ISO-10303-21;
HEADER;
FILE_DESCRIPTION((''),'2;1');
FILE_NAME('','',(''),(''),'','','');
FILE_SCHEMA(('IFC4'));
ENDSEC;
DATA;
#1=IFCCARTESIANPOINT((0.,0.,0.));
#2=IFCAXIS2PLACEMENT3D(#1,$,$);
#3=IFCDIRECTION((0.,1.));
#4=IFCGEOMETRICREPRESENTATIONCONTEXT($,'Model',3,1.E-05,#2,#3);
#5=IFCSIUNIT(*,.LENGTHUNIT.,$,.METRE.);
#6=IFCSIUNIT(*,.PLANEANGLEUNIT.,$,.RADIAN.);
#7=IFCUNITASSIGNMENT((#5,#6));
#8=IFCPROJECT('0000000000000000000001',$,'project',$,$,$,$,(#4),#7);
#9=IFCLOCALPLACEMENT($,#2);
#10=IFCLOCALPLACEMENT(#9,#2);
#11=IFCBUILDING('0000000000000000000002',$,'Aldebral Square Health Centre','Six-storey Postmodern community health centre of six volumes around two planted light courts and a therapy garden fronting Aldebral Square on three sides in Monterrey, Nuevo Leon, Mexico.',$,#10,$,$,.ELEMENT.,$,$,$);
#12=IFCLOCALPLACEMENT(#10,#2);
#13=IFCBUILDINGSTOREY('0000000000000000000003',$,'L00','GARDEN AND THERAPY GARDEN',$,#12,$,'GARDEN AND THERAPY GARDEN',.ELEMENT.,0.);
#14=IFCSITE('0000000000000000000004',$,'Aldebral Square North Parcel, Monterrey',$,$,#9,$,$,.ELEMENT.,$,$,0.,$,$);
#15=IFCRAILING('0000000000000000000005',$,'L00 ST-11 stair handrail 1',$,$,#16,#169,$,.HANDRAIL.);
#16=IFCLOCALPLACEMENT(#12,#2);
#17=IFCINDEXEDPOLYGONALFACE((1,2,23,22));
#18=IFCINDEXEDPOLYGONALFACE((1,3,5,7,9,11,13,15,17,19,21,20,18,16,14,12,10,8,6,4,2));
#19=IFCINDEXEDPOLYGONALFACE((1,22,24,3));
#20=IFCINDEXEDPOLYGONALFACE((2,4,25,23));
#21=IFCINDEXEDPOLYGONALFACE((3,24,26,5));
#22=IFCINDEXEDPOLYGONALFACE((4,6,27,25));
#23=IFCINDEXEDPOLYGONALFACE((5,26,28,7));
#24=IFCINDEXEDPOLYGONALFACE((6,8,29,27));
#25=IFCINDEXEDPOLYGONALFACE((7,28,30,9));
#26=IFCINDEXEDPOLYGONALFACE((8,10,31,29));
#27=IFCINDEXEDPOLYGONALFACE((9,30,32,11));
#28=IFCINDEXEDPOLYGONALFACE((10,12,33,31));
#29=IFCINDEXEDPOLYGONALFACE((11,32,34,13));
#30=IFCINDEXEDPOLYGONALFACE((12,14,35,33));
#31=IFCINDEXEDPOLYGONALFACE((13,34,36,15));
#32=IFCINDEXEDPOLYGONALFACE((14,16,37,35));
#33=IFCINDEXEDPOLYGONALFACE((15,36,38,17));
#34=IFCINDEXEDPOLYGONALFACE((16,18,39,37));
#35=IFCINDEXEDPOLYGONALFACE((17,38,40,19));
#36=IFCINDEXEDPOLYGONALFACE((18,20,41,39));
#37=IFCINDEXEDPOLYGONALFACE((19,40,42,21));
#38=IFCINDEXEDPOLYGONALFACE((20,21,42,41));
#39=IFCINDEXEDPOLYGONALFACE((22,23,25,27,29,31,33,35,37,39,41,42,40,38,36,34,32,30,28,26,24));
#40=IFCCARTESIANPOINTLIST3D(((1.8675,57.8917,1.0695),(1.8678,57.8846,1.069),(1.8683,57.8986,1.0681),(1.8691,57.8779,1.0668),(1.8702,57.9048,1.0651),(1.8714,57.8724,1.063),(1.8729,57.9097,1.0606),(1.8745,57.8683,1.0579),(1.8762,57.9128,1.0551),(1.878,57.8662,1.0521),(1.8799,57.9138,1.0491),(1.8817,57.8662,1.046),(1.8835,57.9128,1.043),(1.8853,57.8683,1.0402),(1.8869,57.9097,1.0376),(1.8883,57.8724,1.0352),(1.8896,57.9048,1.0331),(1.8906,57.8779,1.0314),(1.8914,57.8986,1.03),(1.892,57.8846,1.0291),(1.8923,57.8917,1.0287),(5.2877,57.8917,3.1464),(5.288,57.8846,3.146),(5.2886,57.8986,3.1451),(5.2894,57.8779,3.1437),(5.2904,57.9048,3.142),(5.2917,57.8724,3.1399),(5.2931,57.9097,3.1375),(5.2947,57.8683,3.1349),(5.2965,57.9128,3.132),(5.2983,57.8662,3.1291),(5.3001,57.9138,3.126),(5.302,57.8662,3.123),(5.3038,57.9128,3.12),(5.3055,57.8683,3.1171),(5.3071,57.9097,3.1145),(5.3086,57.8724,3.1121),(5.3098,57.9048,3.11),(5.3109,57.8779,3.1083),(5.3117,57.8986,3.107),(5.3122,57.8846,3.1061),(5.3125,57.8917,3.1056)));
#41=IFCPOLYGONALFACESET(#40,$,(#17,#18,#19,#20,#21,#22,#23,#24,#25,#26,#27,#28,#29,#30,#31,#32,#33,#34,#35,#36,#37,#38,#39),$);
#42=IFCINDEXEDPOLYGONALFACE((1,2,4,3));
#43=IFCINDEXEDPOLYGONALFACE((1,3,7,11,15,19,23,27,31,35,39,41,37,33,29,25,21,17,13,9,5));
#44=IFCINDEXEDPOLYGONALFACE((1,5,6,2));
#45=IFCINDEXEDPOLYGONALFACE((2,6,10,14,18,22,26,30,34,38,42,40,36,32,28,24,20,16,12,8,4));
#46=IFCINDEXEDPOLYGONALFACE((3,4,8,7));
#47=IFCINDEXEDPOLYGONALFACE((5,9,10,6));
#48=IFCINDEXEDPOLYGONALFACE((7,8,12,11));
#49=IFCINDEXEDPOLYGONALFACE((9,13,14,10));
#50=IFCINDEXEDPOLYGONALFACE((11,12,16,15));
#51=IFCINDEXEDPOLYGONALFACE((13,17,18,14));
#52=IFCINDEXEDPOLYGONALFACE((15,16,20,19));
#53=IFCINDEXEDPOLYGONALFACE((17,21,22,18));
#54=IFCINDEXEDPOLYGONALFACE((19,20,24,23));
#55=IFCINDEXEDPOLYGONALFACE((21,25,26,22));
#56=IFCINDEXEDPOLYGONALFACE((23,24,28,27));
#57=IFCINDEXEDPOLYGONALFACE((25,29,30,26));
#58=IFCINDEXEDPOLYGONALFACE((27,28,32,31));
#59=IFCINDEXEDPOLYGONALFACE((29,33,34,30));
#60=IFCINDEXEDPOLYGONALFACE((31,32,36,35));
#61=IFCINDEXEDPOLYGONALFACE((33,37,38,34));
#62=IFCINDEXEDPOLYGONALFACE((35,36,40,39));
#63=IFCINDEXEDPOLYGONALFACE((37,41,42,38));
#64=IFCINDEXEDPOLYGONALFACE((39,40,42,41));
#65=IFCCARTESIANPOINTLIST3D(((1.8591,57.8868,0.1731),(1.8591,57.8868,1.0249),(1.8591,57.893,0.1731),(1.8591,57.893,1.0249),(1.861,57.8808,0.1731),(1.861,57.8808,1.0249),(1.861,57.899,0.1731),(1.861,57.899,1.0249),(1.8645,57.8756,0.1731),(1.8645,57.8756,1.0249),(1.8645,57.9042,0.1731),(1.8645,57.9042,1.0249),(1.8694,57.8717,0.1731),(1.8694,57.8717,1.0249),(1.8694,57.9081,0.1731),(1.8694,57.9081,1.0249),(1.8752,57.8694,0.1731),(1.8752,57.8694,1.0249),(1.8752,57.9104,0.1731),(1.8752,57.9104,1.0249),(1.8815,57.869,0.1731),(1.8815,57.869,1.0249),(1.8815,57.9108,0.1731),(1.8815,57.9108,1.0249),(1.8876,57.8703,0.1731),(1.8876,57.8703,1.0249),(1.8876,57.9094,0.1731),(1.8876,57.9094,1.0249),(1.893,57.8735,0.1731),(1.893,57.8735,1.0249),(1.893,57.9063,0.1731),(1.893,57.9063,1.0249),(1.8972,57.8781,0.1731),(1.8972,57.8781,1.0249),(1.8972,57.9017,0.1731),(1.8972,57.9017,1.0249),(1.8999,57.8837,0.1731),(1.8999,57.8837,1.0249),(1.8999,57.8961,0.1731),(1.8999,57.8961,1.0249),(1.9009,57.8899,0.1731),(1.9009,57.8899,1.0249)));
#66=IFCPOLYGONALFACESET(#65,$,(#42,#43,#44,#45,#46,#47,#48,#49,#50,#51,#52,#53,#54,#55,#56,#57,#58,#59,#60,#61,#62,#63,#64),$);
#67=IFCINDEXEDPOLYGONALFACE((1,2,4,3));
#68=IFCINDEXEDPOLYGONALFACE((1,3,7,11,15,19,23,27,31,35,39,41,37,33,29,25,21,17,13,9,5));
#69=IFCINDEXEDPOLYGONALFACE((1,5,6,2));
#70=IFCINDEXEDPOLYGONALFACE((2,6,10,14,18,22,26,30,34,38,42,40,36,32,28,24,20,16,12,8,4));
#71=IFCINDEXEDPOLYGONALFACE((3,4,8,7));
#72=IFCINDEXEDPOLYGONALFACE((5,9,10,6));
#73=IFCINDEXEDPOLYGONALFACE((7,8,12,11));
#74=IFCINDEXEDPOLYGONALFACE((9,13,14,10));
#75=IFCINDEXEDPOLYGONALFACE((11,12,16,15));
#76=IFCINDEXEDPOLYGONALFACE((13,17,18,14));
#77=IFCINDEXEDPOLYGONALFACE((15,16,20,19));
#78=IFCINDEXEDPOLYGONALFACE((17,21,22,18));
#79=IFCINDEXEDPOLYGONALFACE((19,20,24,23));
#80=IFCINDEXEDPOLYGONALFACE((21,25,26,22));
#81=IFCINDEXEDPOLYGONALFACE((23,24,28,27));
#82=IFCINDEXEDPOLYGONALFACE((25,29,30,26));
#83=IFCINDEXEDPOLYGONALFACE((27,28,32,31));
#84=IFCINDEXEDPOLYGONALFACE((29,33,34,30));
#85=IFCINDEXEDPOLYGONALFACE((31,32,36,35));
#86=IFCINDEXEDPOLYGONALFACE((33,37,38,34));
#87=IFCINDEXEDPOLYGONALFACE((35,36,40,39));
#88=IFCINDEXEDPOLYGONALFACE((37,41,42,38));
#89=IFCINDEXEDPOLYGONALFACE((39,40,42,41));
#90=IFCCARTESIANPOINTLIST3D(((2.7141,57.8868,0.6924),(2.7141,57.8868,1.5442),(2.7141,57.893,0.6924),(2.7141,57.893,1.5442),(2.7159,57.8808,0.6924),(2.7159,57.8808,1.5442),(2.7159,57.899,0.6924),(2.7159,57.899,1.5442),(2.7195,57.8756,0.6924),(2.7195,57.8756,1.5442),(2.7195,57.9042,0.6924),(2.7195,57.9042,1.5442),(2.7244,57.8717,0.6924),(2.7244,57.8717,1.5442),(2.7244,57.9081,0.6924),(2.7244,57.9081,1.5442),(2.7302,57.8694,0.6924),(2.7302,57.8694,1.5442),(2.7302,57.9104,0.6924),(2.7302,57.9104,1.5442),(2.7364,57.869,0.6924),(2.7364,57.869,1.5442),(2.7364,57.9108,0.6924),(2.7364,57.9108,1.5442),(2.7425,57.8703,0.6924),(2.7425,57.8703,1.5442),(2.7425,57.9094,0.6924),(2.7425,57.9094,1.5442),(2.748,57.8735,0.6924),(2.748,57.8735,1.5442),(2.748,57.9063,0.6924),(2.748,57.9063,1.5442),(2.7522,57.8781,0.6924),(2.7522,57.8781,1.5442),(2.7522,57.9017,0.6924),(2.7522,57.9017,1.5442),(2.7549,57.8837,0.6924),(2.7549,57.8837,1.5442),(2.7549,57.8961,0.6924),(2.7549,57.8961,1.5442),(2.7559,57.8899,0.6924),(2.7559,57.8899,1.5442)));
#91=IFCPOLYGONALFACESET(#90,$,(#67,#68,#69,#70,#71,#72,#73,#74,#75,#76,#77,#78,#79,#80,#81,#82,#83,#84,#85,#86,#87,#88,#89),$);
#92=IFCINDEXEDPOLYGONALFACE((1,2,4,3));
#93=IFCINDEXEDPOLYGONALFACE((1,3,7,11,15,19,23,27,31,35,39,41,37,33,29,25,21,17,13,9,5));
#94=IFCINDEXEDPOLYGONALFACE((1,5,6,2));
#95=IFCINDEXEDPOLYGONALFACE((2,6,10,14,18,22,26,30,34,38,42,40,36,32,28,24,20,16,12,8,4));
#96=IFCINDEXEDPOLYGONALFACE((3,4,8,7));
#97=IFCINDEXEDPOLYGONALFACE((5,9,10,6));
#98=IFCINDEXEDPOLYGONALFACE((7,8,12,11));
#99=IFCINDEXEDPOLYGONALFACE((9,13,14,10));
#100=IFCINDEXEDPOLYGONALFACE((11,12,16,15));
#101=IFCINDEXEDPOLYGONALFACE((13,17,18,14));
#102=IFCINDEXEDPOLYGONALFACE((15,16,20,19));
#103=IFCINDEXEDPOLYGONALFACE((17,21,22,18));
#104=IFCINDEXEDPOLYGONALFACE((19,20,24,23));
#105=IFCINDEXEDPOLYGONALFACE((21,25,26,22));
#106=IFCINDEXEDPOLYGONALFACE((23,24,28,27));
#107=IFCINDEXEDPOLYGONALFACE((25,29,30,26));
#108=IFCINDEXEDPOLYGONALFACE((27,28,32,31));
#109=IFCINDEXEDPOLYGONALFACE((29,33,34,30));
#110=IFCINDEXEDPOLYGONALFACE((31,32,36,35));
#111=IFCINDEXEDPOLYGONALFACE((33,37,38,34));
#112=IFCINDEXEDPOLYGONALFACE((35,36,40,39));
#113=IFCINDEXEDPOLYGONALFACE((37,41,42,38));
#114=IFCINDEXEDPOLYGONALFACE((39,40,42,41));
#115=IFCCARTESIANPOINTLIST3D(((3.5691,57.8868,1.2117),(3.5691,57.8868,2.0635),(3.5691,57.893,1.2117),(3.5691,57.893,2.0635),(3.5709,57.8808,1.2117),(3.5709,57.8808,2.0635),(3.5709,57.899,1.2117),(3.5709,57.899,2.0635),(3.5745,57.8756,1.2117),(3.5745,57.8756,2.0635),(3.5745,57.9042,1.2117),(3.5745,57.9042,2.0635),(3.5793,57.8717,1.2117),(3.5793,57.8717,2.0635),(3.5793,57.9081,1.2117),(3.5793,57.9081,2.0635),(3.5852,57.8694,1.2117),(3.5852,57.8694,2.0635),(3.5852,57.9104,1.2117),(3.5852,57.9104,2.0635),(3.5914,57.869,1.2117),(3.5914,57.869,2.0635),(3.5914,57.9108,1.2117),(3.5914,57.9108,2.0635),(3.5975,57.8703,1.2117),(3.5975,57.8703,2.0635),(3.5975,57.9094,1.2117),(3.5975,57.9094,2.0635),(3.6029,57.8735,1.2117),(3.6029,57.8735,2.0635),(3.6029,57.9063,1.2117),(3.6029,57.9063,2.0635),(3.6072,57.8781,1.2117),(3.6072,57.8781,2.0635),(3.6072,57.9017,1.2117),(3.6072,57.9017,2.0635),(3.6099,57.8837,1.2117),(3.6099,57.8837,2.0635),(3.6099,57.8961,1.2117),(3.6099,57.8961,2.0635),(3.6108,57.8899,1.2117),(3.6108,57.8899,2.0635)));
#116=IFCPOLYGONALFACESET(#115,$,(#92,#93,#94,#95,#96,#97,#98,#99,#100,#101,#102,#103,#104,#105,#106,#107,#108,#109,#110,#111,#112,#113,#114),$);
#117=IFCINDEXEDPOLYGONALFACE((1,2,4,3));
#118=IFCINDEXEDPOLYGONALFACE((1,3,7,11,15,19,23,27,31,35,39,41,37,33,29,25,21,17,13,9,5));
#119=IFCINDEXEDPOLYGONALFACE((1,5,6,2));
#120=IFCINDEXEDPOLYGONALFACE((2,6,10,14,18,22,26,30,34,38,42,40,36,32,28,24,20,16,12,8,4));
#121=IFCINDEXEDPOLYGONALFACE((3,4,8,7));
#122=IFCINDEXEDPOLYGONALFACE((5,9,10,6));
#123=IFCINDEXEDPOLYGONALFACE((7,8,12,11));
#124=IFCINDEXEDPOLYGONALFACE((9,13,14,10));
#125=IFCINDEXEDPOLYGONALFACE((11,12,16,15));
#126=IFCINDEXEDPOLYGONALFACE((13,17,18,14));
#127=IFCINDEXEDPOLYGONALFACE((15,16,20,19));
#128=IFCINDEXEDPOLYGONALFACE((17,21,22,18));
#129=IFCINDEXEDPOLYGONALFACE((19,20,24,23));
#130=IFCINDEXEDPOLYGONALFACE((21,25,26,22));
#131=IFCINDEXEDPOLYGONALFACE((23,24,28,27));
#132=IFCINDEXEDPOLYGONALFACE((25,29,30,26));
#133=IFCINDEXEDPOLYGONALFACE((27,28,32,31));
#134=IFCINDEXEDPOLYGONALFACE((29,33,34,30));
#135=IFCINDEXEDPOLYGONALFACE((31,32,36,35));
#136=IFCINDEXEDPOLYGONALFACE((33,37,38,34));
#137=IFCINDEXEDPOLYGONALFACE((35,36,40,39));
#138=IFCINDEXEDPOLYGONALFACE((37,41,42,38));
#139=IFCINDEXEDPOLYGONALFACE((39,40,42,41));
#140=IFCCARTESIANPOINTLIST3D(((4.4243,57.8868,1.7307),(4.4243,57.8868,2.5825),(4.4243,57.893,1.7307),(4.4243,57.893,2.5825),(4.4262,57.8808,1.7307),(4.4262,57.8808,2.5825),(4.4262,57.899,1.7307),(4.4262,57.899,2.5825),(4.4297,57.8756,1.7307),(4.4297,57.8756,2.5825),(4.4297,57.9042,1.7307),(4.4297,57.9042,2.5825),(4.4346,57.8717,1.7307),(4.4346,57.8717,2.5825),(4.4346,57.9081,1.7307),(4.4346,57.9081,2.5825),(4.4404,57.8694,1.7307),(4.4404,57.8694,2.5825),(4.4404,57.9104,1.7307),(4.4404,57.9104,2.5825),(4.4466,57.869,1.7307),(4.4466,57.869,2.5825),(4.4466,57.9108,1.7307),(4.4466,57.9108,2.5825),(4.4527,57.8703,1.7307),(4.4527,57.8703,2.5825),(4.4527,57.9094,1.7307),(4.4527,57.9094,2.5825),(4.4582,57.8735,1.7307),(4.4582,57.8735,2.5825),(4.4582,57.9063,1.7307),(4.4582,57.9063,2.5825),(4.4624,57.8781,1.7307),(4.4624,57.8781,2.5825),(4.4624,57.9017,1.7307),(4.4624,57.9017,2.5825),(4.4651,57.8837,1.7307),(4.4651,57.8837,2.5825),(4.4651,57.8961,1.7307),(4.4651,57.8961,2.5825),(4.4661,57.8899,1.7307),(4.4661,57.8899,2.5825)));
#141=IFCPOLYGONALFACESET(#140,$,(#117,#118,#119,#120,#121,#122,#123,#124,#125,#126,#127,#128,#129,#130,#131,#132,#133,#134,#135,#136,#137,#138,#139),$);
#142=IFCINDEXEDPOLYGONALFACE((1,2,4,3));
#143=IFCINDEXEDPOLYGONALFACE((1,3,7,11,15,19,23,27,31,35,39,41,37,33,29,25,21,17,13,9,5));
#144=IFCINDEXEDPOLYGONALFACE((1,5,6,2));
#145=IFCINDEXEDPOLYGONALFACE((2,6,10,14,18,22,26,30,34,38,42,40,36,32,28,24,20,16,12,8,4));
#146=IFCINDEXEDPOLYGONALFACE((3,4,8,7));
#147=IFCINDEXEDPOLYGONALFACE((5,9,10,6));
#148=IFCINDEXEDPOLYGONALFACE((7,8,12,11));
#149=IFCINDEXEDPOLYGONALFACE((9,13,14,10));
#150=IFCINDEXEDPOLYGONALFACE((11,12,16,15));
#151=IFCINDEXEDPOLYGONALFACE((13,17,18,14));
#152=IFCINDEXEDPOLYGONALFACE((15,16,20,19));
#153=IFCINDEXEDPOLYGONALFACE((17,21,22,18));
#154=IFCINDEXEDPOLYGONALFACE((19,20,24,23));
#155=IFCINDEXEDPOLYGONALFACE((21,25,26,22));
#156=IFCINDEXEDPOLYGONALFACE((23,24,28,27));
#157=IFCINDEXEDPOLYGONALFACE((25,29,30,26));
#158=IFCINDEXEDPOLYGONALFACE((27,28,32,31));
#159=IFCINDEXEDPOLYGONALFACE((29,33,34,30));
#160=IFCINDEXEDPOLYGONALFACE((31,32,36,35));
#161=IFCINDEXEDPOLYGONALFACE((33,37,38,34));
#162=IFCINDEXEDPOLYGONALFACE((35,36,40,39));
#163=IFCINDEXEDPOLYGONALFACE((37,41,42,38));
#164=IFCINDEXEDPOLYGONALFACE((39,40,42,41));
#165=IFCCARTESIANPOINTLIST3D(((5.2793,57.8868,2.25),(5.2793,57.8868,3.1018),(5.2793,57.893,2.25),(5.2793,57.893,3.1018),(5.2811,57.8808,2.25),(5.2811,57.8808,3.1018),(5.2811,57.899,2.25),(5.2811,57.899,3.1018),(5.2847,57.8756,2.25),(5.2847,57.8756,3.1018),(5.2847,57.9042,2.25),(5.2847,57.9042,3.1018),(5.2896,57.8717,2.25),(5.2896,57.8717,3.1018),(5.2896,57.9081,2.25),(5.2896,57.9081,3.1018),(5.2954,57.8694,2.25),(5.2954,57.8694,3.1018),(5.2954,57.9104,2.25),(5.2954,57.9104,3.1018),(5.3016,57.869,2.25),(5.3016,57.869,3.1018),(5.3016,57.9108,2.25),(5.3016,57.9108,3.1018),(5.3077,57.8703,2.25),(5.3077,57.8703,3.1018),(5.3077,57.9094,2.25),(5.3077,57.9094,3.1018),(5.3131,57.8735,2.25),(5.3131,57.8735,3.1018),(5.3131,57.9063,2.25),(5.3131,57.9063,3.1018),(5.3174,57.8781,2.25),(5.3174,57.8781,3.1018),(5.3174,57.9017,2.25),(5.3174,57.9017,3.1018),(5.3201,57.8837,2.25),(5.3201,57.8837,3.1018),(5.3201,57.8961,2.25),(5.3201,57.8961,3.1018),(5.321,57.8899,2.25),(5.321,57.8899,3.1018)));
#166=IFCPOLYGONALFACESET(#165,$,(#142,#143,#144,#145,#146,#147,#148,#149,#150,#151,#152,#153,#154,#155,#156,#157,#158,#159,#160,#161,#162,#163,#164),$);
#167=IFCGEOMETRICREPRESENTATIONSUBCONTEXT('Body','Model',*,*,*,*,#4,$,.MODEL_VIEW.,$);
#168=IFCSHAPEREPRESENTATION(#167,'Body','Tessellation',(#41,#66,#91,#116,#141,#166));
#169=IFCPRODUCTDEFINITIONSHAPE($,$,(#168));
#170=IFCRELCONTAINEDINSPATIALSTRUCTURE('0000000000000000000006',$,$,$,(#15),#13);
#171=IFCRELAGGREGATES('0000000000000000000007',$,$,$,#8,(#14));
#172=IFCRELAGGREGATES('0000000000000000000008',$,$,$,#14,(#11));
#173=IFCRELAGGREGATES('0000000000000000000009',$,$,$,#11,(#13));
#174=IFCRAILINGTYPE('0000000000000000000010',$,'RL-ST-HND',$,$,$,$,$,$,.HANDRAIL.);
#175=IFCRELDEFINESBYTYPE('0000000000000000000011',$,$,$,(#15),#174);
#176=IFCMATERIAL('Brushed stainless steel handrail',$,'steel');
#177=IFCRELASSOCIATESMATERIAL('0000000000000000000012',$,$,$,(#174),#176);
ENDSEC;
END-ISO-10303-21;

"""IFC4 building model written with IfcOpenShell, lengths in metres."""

from ifc_helpers import new_model, si_unit, direction, frame, origin, origin_2d, place, context, subcontext, project, spatial, circle, extrude, material, type_object, element, save


model = new_model("IFC4")

# Units and contexts
model_context = context("Model", 3, precision=1e-05, world=origin(), true_north=direction((0.0, 1.0)))
body_context = subcontext(model_context, "Body", "Model", "MODEL_VIEW")
ifc_project = project(units=[si_unit("LENGTHUNIT", "METRE"), si_unit("PLANEANGLEUNIT", "RADIAN")], contexts=[model_context])

# Site, building, storey
site_placement = place(None, origin())
site = spatial("IfcSite", under=ifc_project, at=site_placement, Name="Aldebral Square North Parcel, Monterrey", CompositionType="ELEMENT", RefElevation=0.0)
building_placement = place(site_placement, origin())
building = spatial("IfcBuilding", under=site, at=building_placement, Name="Aldebral Square Health Centre", Description="Six-storey Postmodern community health centre of six volumes around two planted light courts and a therapy garden fronting Aldebral Square on three sides in Monterrey, Nuevo Leon, Mexico.", CompositionType="ELEMENT")
storey_placement = place(building_placement, origin())
storey = spatial("IfcBuildingStorey", under=building, at=storey_placement, Name="L00", Description="GARDEN AND THERAPY GARDEN", LongName="GARDEN AND THERAPY GARDEN", CompositionType="ELEMENT", Elevation=0.0)

# Railing
ifc_material_1 = material(Name="Brushed stainless steel handrail", Category="steel")
railing_type_1 = type_object("IfcRailingType", Name="RL-ST-HND", PredefinedType="HANDRAIL", material=ifc_material_1)
railing_1_placement = place(storey_placement, frame((1.8799, 57.8899, 0.1731)))
element("IfcRailing", 1, at=railing_1_placement, inside=storey, type_object=railing_type_1, Name="L00 ST-11 stair handrail 1", PredefinedType="HANDRAIL", context=body_context, shape_type="SweptSolid", body=[
    extrude(circle(Radius=0.0239, at=origin_2d()), frame((0.0, 0.0, 0.876), z_axis=(0.854746, 0.0, 0.519047), x_axis=(0.0, 1.0, 0.0)), (0.0, 0.0, 1.0), 4.0015),
    extrude(circle(Radius=0.021, at=origin_2d()), origin(), (0.0, 0.0, 1.0), 0.8518),
    extrude(circle(Radius=0.021, at=origin_2d()), frame((0.855, 0.0, 0.5193)), (0.0, 0.0, 1.0), 0.8518),
    extrude(circle(Radius=0.021, at=origin_2d()), frame((1.71, 0.0, 1.0386)), (0.0, 0.0, 1.0), 0.8518),
    extrude(circle(Radius=0.021, at=origin_2d()), frame((2.5652, 0.0, 1.5576)), (0.0, 0.0, 1.0), 0.8518),
    extrude(circle(Radius=0.021, at=origin_2d()), frame((3.4202, 0.0, 2.0769)), (0.0, 0.0, 1.0), 0.8518),
])

save(model, "model.ifc")
